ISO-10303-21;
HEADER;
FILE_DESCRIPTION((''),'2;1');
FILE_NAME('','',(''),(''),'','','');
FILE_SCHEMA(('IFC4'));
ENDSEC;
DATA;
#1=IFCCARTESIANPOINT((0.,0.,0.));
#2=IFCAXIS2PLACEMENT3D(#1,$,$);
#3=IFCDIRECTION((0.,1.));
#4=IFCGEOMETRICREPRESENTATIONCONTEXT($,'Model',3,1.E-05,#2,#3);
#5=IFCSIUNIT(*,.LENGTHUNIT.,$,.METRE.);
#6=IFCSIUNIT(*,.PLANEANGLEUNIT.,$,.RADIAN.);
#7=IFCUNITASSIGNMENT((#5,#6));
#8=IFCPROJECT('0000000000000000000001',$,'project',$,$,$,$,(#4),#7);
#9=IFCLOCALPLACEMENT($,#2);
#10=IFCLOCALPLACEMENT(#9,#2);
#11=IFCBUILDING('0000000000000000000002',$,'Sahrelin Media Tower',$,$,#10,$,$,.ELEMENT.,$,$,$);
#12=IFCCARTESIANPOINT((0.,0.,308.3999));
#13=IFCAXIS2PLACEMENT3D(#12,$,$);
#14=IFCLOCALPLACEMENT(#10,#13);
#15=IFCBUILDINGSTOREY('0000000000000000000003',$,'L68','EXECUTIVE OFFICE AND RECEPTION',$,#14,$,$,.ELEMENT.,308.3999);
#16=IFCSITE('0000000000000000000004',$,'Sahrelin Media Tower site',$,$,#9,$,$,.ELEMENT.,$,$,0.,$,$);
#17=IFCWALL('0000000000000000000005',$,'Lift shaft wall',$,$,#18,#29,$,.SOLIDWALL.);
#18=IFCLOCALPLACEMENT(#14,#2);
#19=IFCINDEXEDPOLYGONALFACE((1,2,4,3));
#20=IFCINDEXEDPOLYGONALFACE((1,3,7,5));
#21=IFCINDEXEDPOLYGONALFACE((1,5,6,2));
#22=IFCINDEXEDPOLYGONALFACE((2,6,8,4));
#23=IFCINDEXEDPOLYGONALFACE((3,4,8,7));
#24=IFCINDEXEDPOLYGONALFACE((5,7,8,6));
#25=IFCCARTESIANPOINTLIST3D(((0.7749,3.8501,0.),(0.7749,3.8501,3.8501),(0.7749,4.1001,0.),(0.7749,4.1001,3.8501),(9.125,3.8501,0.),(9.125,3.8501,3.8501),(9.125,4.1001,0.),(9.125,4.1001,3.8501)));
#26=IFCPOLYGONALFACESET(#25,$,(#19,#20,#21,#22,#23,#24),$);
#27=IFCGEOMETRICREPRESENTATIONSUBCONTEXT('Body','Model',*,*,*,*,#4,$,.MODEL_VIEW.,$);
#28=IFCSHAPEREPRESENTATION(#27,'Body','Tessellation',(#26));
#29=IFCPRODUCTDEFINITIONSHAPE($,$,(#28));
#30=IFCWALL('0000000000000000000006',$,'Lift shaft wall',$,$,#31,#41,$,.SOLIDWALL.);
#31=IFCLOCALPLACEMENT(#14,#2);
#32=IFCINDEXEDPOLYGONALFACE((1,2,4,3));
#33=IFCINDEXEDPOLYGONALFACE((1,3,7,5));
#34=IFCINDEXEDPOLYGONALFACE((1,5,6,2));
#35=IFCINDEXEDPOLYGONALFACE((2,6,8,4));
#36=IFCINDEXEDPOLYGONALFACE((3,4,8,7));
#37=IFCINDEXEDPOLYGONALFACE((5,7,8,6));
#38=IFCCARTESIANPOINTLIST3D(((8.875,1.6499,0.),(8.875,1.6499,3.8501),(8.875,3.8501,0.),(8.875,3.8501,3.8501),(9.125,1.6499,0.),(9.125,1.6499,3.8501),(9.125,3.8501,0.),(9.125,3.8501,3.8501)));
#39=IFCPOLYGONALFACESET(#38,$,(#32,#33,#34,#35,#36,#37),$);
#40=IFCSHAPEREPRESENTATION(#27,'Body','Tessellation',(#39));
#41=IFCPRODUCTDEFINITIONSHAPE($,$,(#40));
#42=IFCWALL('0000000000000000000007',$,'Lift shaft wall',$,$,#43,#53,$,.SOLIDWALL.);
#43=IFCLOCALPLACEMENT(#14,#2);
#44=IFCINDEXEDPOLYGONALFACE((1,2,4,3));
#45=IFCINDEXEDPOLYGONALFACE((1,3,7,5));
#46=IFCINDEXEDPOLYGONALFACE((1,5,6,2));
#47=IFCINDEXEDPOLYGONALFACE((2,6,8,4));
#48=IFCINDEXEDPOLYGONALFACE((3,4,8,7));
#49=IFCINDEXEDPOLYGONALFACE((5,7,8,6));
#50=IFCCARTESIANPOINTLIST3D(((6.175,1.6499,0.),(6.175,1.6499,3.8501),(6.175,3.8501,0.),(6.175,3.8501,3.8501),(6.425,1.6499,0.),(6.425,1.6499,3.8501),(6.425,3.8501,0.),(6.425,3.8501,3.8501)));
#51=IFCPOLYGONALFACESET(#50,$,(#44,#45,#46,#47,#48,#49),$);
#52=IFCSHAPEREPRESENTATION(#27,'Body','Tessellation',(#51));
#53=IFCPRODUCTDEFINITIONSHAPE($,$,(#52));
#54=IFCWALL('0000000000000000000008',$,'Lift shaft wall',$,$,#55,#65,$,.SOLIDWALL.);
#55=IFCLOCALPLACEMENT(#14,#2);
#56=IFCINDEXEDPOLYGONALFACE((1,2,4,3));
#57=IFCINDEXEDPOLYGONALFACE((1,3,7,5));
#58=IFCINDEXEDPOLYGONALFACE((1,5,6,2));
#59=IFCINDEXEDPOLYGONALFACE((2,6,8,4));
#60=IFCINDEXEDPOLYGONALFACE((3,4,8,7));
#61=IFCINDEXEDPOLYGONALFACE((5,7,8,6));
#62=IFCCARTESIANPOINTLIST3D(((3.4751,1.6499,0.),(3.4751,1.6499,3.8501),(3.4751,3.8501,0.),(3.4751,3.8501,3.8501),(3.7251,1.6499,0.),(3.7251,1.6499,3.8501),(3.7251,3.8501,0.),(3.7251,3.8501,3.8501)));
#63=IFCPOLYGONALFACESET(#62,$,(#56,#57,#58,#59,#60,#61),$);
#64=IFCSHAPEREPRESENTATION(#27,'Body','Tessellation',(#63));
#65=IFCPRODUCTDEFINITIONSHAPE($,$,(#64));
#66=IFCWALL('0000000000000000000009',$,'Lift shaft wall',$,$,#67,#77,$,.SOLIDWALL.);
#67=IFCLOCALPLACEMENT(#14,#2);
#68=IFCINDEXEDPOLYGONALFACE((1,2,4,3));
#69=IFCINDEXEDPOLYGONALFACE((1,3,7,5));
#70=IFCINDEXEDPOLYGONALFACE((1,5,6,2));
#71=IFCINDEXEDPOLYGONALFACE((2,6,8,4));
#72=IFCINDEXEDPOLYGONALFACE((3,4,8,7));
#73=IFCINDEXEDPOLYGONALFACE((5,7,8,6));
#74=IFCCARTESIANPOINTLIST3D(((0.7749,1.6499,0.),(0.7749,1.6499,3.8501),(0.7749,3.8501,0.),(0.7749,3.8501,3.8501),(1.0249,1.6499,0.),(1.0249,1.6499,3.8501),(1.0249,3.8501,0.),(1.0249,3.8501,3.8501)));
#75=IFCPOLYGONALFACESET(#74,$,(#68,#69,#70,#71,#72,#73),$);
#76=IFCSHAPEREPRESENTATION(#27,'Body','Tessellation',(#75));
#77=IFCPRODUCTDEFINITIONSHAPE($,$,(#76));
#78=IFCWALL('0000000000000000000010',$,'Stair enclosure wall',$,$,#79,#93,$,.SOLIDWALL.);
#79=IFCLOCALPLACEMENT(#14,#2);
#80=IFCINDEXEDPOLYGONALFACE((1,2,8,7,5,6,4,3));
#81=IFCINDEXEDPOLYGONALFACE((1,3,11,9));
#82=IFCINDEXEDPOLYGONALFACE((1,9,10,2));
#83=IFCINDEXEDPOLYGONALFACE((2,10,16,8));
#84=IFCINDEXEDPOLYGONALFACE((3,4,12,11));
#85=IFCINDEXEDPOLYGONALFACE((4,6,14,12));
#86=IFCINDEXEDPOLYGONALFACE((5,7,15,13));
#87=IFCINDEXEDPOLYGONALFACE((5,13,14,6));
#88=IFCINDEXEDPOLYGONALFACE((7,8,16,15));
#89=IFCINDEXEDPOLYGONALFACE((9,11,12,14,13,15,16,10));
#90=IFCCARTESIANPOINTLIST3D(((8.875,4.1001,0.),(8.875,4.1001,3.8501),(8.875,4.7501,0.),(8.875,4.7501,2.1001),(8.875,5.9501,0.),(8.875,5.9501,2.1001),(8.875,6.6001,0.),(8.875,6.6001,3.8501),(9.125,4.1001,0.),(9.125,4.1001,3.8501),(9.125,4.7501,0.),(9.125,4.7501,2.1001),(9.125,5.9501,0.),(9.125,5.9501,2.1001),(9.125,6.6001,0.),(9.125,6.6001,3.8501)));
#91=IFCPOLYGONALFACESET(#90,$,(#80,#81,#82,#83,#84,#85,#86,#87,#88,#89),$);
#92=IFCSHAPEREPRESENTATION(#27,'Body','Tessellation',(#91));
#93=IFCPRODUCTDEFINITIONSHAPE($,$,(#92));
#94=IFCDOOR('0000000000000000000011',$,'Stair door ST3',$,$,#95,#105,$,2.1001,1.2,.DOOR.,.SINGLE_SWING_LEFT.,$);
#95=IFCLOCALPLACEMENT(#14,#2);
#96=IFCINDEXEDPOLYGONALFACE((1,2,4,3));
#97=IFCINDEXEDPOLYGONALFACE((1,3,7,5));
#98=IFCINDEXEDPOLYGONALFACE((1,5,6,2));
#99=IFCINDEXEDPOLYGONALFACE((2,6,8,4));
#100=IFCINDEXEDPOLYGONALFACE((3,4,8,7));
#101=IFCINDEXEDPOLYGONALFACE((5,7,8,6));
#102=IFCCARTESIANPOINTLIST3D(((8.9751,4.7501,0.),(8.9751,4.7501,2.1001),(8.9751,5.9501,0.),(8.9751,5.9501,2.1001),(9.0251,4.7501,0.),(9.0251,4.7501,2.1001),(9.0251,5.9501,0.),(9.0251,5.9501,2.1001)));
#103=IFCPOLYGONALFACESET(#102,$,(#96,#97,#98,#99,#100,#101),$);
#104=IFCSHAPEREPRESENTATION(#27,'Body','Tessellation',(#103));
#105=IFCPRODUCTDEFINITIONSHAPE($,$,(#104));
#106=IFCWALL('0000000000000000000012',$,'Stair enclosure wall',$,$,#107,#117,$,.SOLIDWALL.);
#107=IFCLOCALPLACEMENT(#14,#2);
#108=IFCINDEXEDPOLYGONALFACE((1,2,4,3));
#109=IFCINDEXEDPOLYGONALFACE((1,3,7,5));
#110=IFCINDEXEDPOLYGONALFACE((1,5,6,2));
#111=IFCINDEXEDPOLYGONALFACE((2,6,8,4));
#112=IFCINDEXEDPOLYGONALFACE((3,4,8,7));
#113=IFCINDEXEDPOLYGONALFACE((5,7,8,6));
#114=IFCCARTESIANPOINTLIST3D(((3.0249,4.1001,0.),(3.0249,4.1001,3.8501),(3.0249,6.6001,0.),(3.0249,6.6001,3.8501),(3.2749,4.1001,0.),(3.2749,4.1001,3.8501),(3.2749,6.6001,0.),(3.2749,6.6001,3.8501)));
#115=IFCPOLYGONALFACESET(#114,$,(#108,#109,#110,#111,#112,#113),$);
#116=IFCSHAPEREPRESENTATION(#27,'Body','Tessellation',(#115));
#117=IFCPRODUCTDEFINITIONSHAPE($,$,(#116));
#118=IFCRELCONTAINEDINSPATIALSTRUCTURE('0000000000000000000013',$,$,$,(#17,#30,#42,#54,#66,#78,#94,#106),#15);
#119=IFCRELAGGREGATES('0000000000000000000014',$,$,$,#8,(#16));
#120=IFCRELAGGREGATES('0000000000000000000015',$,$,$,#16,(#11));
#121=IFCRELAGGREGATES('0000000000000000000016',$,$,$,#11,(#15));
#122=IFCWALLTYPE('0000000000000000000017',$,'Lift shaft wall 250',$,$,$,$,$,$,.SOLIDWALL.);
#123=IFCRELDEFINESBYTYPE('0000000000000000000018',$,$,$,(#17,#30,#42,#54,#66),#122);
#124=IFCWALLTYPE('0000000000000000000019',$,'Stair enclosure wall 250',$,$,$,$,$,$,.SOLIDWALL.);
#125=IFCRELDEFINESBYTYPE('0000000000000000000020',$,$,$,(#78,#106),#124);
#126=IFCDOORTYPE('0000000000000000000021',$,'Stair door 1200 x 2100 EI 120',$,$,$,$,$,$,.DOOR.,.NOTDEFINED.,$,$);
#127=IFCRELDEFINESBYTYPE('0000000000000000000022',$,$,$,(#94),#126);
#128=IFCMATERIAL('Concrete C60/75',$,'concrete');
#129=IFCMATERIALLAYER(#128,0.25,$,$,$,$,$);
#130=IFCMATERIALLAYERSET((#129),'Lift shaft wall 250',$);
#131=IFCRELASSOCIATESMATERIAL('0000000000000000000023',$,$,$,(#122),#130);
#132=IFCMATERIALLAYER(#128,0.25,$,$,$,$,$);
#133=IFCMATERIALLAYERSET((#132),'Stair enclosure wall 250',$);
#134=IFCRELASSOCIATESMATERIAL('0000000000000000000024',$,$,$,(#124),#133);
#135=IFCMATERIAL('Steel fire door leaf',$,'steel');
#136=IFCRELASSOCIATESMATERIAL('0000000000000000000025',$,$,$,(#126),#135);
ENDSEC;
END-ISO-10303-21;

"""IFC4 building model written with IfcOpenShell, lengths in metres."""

from ifc_helpers import new_model, si_unit, direction, frame, frame_2d, origin, place, context, subcontext, project, spatial, rectangle, extrude, material, layer, layer_set, type_object, element, fill, save


model = new_model("IFC4")

# Units and contexts
model_context = context("Model", 3, precision=1e-05, world=origin(), true_north=direction((0.0, 1.0)))
body_context = subcontext(model_context, "Body", "Model", "MODEL_VIEW")
ifc_project = project(units=[si_unit("LENGTHUNIT", "METRE"), si_unit("PLANEANGLEUNIT", "RADIAN")], contexts=[model_context])

# Site, building, storey
site_placement = place(None, origin())
site = spatial("IfcSite", under=ifc_project, at=site_placement, Name="Sahrelin Media Tower site", CompositionType="ELEMENT", RefElevation=0.0)
building_placement = place(site_placement, origin())
building = spatial("IfcBuilding", under=site, at=building_placement, Name="Sahrelin Media Tower", CompositionType="ELEMENT")
storey_placement = place(building_placement, frame((0.0, 0.0, 308.3999)))
storey = spatial("IfcBuildingStorey", under=building, at=storey_placement, Name="L68", Description="EXECUTIVE OFFICE AND RECEPTION", CompositionType="ELEMENT", Elevation=308.3999)

# Shared definitions
ifc_material_1 = material(Name="Steel fire door leaf", Category="steel")

# Shared definitions
ifc_material_2 = material(Name="Concrete C60/75", Category="concrete")
ifc_layer_1 = layer(ifc_material_2, 0.25)
ifc_layer_set_1 = layer_set([ifc_layer_1], Name="Lift shaft wall 250")
wall_type_1 = type_object("IfcWallType", Name="Lift shaft wall 250", PredefinedType="SOLIDWALL", material=ifc_layer_set_1)

# Walls
wall_1_placement = place(storey_placement, frame((0.7749, 3.9751, 0.0), z_axis=(0.0, 0.0, 1.0), x_axis=(1.0, 0.0, 0.0)))
element("IfcWall", 1, at=wall_1_placement, inside=storey, type_object=wall_type_1, Name="Lift shaft wall", PredefinedType="SOLIDWALL", context=body_context, shape_type="SweptSolid", body=[
    extrude(rectangle(XDim=8.3501, YDim=0.25, at=frame_2d((4.175, 0.0))), origin(), (0.0, 0.0, 1.0), 3.8501),
])
for number, where, z_axis, x_axis, name in (
    (2, (9.0, 1.6499, 0.0), (0.0, 0.0, 1.0), (0.0, 1.0, 0.0), "Lift shaft wall"),
    (3, (6.3, 1.6499, 0.0), (0.0, 0.0, 1.0), (0.0, 1.0, 0.0), "Lift shaft wall"),
    (4, (3.6001, 1.6499, 0.0), (0.0, 0.0, 1.0), (0.0, 1.0, 0.0), "Lift shaft wall"),
    (5, (0.8999, 1.6499, 0.0), (0.0, 0.0, 1.0), (0.0, 1.0, 0.0), "Lift shaft wall"),
):
    element("IfcWall", number, at=place(storey_placement, frame(where, z_axis=z_axis, x_axis=x_axis)), inside=storey, type_object=wall_type_1, Name=name, PredefinedType="SOLIDWALL", context=body_context, shape_type="SweptSolid", body=[
        extrude(rectangle(XDim=2.2002, YDim=0.25, at=frame_2d((1.1001, 0.0))), origin(), (0.0, 0.0, 1.0), 3.8501),
    ])

# Wall, opening, door
ifc_layer_2 = layer(ifc_material_2, 0.25)
ifc_layer_set_2 = layer_set([ifc_layer_2], Name="Stair enclosure wall 250")
wall_type_2 = type_object("IfcWallType", Name="Stair enclosure wall 250", PredefinedType="SOLIDWALL", material=ifc_layer_set_2)
wall_2_placement = place(storey_placement, frame((9.0, 4.1001, 0.0), z_axis=(0.0, 0.0, 1.0), x_axis=(0.0, 1.0, 0.0)))
wall_2 = element("IfcWall", 6, at=wall_2_placement, inside=storey, type_object=wall_type_2, Name="Stair enclosure wall", PredefinedType="SOLIDWALL", context=body_context, shape_type="SweptSolid", body=[
    extrude(rectangle(XDim=2.5, YDim=0.25, at=frame_2d((1.25, 0.0))), origin(), (0.0, 0.0, 1.0), 3.8501),
])
opening_1_placement = place(wall_2_placement, frame((0.6499, 0.0, 0.0)))
opening_1 = element("IfcOpeningElement", 7, at=opening_1_placement, cuts=wall_2, PredefinedType="OPENING", context=body_context, shape_type="SweptSolid", body=[
    extrude(rectangle(XDim=1.2, YDim=2.1001, at=frame_2d((0.6001, 1.05))), frame((0.0, 0.125, 0.0), z_axis=(0.0, -1.0, 0.0), x_axis=(1.0, 0.0, 0.0)), (0.0, 0.0, 1.0), 0.25),
])
door_type_1 = type_object("IfcDoorType", Name="Stair door 1200 x 2100 EI 120", OperationType="NOTDEFINED", PredefinedType="DOOR", material=ifc_material_1)
door_1_placement = place(opening_1_placement, origin())
door_1 = element("IfcDoor", 8, at=door_1_placement, inside=storey, type_object=door_type_1, Name="Stair door ST3", OperationType="SINGLE_SWING_LEFT", OverallHeight=2.1001, OverallWidth=1.2, PredefinedType="DOOR", context=body_context, shape_type="SweptSolid", body=[
    extrude(rectangle(XDim=1.2, YDim=2.1001, at=frame_2d((0.6001, 1.05))), frame((0.0, 0.0249, 0.0), z_axis=(0.0, -1.0, 0.0), x_axis=(1.0, 0.0, 0.0)), (0.0, 0.0, 1.0), 0.05),
])
fill(opening_1, door_1)

# Wall
wall_3_placement = place(storey_placement, frame((3.1499, 4.1001, 0.0), z_axis=(0.0, 0.0, 1.0), x_axis=(0.0, 1.0, 0.0)))
element("IfcWall", 9, at=wall_3_placement, inside=storey, type_object=wall_type_2, Name="Stair enclosure wall", PredefinedType="SOLIDWALL", context=body_context, shape_type="SweptSolid", body=[
    extrude(rectangle(XDim=2.5, YDim=0.25, at=frame_2d((1.25, 0.0))), origin(), (0.0, 0.0, 1.0), 3.8501),
])

save(model, "model.ifc")
